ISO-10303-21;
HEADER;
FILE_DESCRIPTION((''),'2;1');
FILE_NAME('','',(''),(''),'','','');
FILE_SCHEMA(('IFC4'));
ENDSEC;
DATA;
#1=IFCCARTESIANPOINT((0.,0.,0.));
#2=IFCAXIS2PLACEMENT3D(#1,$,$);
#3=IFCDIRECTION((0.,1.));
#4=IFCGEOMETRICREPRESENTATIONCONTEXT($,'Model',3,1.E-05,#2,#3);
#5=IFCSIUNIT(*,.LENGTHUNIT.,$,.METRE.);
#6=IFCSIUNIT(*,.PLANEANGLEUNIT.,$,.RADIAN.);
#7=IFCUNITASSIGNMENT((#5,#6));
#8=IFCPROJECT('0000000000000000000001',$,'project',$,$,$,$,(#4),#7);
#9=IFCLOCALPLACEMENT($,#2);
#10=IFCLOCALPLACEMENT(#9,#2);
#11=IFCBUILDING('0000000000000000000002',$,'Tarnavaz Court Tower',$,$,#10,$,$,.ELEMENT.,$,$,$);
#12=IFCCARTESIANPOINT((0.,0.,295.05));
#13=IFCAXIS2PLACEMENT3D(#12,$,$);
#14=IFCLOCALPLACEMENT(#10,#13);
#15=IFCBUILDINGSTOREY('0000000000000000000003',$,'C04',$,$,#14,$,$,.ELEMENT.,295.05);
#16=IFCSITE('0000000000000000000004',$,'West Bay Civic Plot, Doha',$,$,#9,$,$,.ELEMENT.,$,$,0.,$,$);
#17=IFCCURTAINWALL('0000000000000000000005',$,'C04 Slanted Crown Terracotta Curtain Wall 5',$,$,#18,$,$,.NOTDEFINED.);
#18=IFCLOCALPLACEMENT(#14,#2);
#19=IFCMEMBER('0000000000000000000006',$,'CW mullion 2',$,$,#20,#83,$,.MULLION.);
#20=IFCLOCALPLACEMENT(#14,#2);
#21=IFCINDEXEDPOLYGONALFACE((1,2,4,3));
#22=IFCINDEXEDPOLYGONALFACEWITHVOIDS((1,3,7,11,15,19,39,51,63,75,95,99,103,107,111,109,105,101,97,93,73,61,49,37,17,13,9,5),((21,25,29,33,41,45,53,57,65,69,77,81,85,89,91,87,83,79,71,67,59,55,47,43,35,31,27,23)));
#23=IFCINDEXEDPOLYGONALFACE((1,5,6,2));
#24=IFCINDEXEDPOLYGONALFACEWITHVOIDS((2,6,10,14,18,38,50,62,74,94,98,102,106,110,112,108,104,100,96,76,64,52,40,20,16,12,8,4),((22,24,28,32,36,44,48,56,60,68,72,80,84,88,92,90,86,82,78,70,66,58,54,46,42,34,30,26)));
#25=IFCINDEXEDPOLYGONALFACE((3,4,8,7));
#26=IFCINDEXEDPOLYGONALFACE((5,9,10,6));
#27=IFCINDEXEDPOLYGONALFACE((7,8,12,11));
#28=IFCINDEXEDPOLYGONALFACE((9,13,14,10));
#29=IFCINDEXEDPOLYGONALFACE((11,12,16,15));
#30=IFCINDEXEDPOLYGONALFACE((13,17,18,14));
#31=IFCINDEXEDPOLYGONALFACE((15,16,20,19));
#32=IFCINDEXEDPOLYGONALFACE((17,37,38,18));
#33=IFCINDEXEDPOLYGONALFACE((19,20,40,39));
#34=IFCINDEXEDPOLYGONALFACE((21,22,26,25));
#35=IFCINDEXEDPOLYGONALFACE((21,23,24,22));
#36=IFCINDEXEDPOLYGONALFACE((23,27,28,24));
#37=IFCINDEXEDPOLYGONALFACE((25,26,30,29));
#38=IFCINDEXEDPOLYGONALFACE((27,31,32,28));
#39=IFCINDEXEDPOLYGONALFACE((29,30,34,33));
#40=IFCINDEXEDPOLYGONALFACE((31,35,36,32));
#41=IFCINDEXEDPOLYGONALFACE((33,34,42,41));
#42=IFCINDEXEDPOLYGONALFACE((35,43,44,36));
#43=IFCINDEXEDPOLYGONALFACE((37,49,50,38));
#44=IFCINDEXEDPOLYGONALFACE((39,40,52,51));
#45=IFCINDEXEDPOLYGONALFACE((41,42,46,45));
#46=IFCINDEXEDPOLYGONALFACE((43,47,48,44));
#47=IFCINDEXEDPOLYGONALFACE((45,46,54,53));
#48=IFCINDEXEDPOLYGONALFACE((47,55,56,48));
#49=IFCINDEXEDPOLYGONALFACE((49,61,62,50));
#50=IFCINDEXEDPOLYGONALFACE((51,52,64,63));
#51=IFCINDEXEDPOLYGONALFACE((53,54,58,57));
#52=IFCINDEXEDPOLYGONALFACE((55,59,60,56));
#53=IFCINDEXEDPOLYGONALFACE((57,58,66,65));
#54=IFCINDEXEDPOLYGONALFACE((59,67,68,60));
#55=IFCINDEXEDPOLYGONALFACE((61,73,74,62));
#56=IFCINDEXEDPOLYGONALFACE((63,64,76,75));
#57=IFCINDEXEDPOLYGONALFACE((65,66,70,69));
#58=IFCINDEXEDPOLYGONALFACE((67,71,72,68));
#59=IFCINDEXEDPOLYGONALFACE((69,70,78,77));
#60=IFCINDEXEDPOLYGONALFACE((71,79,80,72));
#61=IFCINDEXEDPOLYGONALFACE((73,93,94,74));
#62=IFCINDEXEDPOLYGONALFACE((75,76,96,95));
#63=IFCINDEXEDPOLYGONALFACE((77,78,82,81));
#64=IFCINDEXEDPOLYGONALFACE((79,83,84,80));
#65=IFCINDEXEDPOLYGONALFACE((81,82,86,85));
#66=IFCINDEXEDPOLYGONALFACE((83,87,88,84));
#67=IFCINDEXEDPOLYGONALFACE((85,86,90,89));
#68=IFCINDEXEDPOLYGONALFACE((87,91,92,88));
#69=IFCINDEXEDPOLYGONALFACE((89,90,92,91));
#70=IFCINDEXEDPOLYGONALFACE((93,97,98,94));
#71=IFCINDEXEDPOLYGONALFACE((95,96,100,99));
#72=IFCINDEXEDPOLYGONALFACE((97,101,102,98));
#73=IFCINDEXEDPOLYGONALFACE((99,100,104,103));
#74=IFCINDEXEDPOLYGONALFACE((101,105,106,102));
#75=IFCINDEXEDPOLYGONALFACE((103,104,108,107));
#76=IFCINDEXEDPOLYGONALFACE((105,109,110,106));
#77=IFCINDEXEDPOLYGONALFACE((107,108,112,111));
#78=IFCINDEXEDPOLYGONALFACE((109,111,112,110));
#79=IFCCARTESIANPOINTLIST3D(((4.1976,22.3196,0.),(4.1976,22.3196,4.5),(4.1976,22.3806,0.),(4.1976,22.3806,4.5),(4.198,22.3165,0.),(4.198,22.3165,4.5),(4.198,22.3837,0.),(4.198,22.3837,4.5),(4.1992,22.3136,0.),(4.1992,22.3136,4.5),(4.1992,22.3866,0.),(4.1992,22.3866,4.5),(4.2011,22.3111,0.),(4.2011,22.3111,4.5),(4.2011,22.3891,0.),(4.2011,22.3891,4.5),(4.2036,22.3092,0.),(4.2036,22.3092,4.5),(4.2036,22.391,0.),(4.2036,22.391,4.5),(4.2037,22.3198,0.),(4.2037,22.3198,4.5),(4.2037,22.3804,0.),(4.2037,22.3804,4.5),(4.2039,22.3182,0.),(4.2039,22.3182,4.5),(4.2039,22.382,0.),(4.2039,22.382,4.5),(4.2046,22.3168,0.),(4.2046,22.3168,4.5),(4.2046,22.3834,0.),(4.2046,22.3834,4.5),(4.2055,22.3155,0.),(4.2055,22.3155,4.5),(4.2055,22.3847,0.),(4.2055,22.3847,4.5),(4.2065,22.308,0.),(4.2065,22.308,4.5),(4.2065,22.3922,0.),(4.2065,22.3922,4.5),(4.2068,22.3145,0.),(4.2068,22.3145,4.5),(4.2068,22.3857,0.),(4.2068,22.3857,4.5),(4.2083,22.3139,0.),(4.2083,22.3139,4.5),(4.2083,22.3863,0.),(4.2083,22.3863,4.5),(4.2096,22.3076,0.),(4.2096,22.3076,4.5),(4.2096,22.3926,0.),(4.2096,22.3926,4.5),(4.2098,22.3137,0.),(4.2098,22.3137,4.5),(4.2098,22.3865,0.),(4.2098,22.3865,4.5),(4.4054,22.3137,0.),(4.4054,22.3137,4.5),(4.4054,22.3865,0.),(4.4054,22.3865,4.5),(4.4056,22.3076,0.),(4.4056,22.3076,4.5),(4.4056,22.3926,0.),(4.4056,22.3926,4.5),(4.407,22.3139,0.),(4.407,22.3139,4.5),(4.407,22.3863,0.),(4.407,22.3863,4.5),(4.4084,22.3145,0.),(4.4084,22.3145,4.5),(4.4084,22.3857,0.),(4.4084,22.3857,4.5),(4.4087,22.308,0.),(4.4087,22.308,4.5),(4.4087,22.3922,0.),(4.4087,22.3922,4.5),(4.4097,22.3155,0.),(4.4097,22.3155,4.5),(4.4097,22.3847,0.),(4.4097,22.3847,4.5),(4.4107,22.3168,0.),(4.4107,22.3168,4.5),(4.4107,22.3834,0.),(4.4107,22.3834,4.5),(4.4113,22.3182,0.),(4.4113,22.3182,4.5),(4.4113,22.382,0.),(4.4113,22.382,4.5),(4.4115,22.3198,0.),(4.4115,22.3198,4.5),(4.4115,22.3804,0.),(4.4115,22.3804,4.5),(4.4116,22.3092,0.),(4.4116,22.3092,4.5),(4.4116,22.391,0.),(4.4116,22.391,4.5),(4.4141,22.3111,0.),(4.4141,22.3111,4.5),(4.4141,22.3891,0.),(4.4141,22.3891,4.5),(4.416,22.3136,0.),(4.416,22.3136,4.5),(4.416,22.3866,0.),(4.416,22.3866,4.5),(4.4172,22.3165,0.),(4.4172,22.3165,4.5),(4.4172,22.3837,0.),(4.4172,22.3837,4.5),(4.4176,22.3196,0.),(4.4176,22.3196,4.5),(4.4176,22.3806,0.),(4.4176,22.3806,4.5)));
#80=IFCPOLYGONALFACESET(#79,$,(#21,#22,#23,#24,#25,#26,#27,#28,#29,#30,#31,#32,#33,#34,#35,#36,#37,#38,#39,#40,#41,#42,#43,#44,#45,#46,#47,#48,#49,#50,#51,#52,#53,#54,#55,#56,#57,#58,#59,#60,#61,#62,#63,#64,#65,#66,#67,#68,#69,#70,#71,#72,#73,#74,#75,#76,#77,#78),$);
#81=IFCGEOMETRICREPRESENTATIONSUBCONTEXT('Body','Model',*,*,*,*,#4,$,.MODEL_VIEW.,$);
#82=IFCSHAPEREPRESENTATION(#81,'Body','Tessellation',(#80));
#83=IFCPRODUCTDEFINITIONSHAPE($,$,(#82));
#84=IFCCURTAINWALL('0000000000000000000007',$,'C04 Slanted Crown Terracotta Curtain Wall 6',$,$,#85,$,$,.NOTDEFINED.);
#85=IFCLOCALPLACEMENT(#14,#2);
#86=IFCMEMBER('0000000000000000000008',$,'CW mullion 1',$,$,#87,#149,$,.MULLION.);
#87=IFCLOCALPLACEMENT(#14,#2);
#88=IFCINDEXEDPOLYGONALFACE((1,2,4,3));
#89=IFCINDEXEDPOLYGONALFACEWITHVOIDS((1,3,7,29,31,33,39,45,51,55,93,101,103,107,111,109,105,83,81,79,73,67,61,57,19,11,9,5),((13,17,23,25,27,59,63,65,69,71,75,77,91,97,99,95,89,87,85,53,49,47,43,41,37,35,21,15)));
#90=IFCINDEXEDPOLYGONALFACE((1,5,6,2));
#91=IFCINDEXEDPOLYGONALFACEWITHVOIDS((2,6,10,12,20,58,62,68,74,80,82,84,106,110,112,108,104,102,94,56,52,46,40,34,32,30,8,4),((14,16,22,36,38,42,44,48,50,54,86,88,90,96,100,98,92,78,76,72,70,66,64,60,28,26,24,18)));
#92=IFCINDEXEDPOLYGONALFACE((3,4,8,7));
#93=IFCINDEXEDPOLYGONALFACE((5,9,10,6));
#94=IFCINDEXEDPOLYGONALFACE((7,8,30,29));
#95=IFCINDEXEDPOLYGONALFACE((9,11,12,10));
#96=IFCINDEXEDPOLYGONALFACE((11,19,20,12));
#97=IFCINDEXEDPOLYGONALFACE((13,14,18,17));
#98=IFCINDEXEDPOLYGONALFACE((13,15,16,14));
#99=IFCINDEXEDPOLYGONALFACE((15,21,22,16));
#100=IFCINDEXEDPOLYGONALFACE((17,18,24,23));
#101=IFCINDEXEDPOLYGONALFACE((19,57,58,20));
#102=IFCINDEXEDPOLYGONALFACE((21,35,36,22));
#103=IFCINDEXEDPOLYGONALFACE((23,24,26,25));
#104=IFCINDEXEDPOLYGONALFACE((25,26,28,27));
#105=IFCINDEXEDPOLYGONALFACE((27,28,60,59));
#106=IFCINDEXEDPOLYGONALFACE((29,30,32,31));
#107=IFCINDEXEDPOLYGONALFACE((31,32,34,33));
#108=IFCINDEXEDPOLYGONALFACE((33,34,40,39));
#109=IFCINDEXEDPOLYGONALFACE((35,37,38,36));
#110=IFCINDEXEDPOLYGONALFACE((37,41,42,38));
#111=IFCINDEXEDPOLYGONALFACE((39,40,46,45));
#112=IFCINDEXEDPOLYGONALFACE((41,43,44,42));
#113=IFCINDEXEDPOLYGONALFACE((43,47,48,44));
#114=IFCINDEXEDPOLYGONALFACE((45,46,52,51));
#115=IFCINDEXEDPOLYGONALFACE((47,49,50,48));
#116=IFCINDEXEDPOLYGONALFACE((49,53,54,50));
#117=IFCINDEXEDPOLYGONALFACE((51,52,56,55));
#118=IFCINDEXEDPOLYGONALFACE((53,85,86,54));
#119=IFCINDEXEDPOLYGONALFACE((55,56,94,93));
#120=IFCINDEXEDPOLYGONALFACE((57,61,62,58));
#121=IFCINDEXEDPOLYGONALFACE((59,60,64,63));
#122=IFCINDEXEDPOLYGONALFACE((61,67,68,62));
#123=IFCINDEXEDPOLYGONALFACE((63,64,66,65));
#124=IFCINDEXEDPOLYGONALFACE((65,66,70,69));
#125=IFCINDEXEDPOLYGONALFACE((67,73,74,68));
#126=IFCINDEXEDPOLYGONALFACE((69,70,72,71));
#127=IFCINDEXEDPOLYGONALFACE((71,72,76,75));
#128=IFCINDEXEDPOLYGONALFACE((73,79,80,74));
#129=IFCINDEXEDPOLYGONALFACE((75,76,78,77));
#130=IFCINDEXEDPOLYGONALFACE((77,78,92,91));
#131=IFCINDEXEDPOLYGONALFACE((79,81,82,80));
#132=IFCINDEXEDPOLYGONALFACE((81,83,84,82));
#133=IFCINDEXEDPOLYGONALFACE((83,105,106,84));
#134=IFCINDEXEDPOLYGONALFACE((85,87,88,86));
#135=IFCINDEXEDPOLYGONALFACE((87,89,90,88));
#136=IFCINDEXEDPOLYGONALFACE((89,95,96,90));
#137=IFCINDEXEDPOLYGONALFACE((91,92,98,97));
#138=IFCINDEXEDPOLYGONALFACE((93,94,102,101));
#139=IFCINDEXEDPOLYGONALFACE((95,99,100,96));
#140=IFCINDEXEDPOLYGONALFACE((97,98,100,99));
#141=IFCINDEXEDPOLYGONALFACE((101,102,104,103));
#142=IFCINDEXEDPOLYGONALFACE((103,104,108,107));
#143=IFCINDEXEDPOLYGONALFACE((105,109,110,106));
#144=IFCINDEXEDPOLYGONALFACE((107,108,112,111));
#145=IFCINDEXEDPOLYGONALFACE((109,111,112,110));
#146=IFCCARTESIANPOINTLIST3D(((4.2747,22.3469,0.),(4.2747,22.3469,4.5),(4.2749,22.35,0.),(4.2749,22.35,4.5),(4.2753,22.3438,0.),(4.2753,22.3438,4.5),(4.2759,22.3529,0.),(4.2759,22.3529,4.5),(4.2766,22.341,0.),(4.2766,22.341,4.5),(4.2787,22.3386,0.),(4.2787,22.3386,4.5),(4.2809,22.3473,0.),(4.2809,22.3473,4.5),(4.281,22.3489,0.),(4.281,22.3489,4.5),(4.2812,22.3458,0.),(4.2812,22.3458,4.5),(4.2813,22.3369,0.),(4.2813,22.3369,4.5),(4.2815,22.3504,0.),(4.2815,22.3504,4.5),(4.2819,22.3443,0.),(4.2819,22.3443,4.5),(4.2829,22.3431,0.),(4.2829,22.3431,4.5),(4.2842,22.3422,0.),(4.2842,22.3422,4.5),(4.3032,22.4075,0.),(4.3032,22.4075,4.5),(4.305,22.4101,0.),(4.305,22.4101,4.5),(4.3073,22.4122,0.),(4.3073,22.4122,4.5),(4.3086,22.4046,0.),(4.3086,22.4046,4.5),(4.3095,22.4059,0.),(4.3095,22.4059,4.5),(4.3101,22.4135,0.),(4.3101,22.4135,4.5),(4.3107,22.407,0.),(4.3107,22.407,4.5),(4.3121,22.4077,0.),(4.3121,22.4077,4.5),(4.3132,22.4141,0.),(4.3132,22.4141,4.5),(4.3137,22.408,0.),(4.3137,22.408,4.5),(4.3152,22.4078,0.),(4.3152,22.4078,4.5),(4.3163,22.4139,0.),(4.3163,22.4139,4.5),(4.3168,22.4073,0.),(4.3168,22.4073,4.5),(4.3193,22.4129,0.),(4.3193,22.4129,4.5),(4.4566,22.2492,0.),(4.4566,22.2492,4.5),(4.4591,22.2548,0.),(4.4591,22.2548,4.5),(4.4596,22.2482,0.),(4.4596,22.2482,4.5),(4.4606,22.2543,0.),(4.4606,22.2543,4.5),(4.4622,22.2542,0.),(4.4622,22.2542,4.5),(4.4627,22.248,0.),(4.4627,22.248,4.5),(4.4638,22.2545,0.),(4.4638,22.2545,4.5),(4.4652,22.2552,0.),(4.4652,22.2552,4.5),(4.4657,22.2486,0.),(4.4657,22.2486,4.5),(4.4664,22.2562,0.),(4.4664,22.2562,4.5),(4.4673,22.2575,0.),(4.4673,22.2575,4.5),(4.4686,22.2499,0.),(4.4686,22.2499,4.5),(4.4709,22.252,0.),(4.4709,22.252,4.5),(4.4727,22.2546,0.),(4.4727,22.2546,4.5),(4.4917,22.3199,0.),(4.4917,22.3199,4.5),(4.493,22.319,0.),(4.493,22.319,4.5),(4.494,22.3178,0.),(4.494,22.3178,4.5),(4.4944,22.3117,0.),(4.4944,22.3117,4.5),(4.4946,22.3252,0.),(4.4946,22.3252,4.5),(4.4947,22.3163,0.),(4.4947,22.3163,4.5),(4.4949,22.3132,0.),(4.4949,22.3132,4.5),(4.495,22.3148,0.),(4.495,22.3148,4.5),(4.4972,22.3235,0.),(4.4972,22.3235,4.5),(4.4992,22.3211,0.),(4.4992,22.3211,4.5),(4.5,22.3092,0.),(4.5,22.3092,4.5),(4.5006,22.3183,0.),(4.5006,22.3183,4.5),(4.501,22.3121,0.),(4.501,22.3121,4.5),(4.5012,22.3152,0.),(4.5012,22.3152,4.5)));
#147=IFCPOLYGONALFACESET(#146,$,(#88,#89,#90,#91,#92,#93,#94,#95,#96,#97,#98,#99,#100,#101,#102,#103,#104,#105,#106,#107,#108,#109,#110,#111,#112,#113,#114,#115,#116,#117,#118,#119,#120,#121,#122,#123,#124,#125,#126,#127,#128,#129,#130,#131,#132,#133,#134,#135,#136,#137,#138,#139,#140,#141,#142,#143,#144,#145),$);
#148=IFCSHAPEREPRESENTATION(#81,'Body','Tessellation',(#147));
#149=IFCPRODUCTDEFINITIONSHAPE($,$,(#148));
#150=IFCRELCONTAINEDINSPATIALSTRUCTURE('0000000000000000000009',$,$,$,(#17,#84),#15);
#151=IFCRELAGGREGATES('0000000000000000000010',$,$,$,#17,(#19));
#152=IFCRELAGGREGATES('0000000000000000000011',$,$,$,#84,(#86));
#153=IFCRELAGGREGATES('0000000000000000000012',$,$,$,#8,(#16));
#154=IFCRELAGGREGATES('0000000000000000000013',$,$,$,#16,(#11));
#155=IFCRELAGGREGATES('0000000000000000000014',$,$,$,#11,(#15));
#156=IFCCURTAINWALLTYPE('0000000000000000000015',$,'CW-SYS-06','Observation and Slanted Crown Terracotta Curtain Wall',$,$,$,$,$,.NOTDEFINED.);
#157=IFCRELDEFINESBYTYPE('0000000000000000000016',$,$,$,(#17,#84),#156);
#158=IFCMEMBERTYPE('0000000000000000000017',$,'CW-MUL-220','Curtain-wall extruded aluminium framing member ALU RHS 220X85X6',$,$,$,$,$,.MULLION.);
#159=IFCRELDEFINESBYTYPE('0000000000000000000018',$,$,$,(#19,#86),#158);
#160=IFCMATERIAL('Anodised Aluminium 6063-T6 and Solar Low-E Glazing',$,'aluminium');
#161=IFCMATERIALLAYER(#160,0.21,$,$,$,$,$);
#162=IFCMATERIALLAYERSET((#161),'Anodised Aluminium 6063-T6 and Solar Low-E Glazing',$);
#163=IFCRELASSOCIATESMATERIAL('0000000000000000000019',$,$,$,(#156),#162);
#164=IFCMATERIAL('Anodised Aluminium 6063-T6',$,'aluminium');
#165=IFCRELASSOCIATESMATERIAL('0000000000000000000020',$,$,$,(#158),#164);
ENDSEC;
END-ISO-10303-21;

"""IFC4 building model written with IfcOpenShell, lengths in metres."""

from ifc_helpers import new_model, si_unit, direction, frame, origin, origin_2d, place, context, subcontext, project, spatial, hollow_rectangle, extrude, material, layer, layer_set, material_profile, profile_set, type_object, element, aggregate, save


model = new_model("IFC4")

# Units and contexts
model_context = context("Model", 3, precision=1e-05, world=origin(), true_north=direction((0.0, 1.0)))
body_context = subcontext(model_context, "Body", "Model", "MODEL_VIEW")
ifc_project = project(units=[si_unit("LENGTHUNIT", "METRE"), si_unit("PLANEANGLEUNIT", "RADIAN")], contexts=[model_context])

# Site, building, storey
site_placement = place(None, origin())
site = spatial("IfcSite", under=ifc_project, at=site_placement, Name="West Bay Civic Plot, Doha", CompositionType="ELEMENT", RefElevation=0.0)
building_placement = place(site_placement, origin())
building = spatial("IfcBuilding", under=site, at=building_placement, Name="Tarnavaz Court Tower", CompositionType="ELEMENT")
storey_placement = place(building_placement, frame((0.0, 0.0, 295.05)))
storey = spatial("IfcBuildingStorey", under=building, at=storey_placement, Name="C04", CompositionType="ELEMENT", Elevation=295.05)

# Curtain wall, member
ifc_material_1 = material(Name="Anodised Aluminium 6063-T6 and Solar Low-E Glazing", Category="aluminium")
ifc_layer_1 = layer(ifc_material_1, 0.21)
ifc_layer_set_1 = layer_set([ifc_layer_1], Name="Anodised Aluminium 6063-T6 and Solar Low-E Glazing")
curtain_wall_type = type_object("IfcCurtainWallType", Name="CW-SYS-06", Description="Observation and Slanted Crown Terracotta Curtain Wall", PredefinedType="NOTDEFINED", material=ifc_layer_set_1)
curtain_wall_1_placement = place(storey_placement, origin())
curtain_wall_1 = element("IfcCurtainWall", 1, at=curtain_wall_1_placement, inside=storey, type_object=curtain_wall_type, Name="C04 Slanted Crown Terracotta Curtain Wall 5", PredefinedType="NOTDEFINED")
ifc_material_2 = material(Name="Anodised Aluminium 6063-T6", Category="aluminium")
ifc_material_profile_1 = material_profile(ifc_material_2, hollow_rectangle(XDim=0.085, YDim=0.22, WallThickness=0.0061, InnerFilletRadius=0.0061, OuterFilletRadius=0.012, at=origin_2d()), Name="ALU RHS 220X85X6")
ifc_profile_set_1 = profile_set([ifc_material_profile_1], Name="Anodised Aluminium 6063-T6")
member_type_1 = type_object("IfcMemberType", Name="CW-MUL-220", Description="Curtain-wall extruded aluminium framing member ALU RHS 220X85X6", PredefinedType="MULLION", material=ifc_profile_set_1)
member_1_placement = place(storey_placement, frame((4.3076, 22.3501, 0.0), z_axis=(0.0, 0.0, 1.0), x_axis=(0.0, 1.0, 0.0)))
member_1 = element("IfcMember", 2, at=member_1_placement, type_object=member_type_1, Name="CW mullion 2", PredefinedType="MULLION", context=body_context, shape_type="SweptSolid", body=[
    extrude(hollow_rectangle(XDim=0.085, YDim=0.22, WallThickness=0.0061, InnerFilletRadius=0.0061, OuterFilletRadius=0.012, at=origin_2d()), origin(), (0.0, 0.0, 1.0), 4.5),
])

# Curtain wall, member
curtain_wall_2_placement = place(storey_placement, origin())
curtain_wall_2 = element("IfcCurtainWall", 3, at=curtain_wall_2_placement, inside=storey, type_object=curtain_wall_type, Name="C04 Slanted Crown Terracotta Curtain Wall 6", PredefinedType="NOTDEFINED")
member_2_placement = place(storey_placement, frame((4.3879, 22.3311, 0.0), z_axis=(0.0, 0.0, 1.0), x_axis=(0.447214, 0.894427, 0.0)))
member_2 = element("IfcMember", 4, at=member_2_placement, type_object=member_type_1, Name="CW mullion 1", PredefinedType="MULLION", context=body_context, shape_type="SweptSolid", body=[
    extrude(hollow_rectangle(XDim=0.085, YDim=0.22, WallThickness=0.0061, InnerFilletRadius=0.0061, OuterFilletRadius=0.012, at=origin_2d()), origin(), (0.0, 0.0, 1.0), 4.5),
])

aggregate(curtain_wall_1, [member_1])
aggregate(curtain_wall_2, [member_2])

save(model, "model.ifc")
